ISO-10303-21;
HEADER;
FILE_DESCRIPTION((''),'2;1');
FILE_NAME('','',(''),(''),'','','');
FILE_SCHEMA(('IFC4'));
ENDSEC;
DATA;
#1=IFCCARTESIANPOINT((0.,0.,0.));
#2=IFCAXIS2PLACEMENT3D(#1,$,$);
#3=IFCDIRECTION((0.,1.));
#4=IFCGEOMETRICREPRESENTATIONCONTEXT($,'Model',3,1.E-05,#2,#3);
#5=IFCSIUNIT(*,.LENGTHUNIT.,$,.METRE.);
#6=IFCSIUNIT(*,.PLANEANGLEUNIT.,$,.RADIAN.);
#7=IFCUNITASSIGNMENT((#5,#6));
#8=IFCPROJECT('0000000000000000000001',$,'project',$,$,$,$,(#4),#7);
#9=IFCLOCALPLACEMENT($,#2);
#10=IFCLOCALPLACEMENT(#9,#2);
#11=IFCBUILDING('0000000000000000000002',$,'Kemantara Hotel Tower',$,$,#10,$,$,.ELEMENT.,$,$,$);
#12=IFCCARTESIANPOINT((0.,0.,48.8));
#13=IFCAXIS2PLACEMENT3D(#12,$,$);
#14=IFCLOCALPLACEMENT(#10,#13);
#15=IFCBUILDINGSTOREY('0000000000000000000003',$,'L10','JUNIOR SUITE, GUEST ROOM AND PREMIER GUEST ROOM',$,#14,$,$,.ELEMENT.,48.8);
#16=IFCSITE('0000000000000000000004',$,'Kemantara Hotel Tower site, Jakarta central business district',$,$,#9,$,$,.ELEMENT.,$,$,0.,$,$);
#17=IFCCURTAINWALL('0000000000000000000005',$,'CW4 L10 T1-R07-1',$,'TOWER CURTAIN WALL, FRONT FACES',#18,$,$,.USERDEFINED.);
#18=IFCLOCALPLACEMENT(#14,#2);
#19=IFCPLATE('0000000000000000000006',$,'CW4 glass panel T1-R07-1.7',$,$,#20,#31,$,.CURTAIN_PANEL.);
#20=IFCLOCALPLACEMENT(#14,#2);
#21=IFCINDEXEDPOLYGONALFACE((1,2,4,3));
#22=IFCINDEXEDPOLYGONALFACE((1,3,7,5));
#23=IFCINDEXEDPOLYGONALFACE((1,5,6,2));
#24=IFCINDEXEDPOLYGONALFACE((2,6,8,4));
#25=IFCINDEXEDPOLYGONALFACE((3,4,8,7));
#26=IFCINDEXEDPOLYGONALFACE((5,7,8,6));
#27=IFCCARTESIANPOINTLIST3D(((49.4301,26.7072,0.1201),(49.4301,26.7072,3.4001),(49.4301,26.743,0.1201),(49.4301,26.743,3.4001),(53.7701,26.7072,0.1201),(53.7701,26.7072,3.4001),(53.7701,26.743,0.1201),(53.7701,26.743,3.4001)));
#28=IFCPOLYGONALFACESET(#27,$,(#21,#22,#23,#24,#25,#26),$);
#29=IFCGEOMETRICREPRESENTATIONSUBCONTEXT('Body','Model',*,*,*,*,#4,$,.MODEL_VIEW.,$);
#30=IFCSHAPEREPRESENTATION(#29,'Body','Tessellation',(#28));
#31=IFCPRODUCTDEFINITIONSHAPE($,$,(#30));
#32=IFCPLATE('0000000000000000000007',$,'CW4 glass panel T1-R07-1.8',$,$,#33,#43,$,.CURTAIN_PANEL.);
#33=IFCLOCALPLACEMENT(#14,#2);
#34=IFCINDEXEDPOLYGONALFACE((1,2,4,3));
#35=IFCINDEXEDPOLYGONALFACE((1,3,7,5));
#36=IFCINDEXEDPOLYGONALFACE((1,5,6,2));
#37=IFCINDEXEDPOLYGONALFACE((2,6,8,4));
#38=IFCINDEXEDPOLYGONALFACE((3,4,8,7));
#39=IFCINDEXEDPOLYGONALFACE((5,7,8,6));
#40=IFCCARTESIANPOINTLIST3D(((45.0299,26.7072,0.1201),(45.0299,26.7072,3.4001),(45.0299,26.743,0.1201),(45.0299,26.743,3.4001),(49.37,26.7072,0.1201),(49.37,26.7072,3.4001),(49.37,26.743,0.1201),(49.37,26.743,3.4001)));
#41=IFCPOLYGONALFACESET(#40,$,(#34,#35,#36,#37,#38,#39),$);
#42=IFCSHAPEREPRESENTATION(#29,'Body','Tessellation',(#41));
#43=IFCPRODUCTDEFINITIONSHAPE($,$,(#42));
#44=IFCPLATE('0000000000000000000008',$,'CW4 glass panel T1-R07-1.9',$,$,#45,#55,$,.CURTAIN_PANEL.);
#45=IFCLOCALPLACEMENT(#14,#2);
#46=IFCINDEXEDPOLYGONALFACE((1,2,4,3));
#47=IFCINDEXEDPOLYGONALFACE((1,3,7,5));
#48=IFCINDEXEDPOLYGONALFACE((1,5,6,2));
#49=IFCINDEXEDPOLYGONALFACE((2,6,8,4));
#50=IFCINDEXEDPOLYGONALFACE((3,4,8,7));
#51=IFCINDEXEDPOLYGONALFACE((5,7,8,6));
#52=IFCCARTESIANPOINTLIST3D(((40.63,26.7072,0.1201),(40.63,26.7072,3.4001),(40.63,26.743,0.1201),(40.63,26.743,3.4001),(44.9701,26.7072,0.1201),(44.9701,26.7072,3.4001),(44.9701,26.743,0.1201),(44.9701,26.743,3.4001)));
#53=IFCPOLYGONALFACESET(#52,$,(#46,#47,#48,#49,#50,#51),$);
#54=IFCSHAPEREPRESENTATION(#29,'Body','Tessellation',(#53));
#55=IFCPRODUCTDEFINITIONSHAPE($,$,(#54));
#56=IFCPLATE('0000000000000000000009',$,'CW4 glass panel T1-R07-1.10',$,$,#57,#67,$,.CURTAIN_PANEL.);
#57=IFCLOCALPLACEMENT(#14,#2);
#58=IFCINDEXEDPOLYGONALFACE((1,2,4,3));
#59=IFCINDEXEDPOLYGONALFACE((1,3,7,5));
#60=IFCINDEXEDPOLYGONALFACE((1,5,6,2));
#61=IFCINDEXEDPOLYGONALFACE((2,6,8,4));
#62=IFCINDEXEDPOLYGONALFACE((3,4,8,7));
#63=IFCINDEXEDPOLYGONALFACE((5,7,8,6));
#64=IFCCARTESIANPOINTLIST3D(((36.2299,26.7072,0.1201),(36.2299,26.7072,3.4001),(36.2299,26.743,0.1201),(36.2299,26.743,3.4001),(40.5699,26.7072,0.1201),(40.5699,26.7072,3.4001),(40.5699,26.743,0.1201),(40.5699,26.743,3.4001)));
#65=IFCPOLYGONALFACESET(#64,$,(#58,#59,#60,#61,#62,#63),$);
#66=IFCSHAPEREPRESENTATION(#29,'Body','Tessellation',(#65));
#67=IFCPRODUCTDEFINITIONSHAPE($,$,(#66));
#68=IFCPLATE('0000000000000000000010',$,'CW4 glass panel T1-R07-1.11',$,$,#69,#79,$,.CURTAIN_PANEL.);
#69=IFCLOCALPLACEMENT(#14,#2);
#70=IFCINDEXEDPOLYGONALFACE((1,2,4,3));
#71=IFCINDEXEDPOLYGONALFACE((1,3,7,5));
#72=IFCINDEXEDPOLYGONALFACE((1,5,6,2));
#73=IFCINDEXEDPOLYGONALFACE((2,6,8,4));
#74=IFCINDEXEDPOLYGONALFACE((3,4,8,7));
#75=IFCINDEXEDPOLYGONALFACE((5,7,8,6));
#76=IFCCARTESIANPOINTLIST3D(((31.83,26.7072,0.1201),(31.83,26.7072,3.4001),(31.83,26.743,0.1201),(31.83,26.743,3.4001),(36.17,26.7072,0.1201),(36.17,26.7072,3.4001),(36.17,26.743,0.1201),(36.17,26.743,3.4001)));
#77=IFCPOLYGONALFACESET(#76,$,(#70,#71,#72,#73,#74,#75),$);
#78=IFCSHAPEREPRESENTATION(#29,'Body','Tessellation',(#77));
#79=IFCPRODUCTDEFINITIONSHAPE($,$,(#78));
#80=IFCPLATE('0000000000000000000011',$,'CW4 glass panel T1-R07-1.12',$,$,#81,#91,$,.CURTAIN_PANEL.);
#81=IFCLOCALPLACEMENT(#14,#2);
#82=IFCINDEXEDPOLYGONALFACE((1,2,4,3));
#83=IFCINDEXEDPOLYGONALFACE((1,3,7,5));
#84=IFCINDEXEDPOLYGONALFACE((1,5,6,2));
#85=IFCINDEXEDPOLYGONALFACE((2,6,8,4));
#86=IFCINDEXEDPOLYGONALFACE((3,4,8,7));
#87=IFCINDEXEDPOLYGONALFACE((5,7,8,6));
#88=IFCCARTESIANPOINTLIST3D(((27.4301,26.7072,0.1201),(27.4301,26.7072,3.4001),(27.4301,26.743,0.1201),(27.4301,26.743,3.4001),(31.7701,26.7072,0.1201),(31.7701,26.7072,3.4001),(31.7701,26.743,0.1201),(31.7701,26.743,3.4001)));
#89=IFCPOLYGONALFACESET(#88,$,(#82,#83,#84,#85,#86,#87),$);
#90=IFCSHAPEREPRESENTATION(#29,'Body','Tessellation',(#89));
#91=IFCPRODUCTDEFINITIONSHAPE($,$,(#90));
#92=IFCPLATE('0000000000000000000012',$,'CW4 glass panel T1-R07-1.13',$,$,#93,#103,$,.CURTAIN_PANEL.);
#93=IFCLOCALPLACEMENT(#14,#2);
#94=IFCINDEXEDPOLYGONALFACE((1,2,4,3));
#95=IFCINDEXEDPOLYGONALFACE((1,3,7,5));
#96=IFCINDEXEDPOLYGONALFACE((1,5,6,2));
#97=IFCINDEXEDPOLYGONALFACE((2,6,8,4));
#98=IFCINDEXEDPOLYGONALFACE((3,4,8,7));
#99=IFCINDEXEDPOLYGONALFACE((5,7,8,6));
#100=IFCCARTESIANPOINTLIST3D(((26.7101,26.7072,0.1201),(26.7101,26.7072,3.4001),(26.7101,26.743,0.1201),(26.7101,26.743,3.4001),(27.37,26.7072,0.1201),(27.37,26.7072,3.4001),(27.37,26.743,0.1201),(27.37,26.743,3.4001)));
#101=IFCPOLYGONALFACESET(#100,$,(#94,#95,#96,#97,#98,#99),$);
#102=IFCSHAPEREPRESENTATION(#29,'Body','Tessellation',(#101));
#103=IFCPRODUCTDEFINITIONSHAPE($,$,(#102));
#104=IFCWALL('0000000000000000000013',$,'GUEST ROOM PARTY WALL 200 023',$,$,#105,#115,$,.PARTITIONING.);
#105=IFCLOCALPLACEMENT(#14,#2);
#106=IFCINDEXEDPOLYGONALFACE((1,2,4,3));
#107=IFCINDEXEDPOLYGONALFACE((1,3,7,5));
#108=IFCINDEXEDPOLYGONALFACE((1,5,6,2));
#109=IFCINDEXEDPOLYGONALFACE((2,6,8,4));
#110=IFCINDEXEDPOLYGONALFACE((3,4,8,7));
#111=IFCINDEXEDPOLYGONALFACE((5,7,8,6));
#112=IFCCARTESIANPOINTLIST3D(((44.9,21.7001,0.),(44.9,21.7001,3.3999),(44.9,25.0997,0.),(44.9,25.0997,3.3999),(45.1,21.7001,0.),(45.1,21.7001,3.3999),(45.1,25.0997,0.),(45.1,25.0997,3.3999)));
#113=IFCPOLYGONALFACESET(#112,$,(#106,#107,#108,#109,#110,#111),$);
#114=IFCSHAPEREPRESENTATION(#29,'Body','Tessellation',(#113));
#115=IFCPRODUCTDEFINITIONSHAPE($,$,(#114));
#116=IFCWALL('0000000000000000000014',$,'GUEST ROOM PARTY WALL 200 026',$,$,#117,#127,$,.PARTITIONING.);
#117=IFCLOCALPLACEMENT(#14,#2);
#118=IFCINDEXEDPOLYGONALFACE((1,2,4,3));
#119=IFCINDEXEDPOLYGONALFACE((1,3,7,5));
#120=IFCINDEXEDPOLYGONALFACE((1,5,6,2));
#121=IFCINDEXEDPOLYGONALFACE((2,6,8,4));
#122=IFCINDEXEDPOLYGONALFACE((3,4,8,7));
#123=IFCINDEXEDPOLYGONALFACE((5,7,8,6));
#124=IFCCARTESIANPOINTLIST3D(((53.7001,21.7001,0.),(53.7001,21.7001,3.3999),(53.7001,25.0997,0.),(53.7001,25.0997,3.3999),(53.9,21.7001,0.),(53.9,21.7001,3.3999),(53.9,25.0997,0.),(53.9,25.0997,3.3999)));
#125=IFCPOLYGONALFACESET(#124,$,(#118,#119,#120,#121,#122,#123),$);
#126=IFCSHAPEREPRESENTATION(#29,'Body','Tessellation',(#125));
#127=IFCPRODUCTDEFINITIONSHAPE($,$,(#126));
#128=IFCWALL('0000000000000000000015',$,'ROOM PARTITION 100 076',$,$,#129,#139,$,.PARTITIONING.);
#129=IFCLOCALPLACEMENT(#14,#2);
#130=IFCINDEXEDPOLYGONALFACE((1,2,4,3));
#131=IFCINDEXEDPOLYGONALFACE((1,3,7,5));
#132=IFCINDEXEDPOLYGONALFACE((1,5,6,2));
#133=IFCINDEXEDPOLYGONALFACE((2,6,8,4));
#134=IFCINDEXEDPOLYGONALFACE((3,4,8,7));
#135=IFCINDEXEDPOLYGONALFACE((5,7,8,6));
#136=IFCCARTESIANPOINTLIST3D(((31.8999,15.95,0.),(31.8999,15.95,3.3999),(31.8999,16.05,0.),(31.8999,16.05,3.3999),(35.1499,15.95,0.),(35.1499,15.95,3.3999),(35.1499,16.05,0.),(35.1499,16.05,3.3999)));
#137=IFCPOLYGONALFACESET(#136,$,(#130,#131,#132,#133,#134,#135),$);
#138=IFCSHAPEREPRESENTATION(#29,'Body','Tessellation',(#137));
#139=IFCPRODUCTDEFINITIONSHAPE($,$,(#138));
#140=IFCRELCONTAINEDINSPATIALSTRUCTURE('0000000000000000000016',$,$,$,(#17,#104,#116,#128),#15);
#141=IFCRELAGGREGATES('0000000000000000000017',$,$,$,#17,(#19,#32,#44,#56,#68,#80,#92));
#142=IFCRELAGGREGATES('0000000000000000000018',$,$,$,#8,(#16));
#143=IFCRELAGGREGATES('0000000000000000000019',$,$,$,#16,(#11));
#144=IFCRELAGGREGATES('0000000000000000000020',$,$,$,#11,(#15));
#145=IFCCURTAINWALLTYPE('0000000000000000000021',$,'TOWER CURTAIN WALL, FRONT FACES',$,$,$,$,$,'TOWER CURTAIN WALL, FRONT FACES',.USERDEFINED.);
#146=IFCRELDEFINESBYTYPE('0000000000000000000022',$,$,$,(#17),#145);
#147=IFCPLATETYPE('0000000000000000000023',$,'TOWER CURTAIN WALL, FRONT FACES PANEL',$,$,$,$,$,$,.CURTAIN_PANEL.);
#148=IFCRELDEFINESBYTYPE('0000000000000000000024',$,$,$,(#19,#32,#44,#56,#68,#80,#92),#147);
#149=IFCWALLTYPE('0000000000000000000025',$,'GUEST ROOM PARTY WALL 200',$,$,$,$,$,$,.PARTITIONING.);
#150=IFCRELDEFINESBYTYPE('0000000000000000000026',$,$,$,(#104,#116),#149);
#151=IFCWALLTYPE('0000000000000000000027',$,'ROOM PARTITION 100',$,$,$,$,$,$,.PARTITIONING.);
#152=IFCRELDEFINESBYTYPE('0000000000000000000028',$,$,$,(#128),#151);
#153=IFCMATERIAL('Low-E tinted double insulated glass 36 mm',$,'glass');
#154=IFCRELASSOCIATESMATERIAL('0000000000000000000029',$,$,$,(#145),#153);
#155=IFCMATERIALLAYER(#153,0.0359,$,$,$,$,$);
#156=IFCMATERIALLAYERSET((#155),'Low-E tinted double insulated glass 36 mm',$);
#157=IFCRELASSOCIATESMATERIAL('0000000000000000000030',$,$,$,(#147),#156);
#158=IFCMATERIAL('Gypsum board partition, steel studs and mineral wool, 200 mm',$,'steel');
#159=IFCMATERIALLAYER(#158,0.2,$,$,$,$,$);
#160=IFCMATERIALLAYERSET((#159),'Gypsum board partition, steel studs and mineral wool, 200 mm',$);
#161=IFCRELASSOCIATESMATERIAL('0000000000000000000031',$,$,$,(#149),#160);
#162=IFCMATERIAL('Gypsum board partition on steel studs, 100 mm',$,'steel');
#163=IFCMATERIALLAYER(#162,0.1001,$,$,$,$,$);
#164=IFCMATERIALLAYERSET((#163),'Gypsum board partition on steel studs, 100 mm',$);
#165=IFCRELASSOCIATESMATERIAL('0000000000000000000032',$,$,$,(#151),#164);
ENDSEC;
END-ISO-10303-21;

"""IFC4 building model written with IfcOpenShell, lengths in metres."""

from ifc_helpers import new_model, si_unit, direction, frame, frame_2d, origin, origin_2d, place, context, subcontext, project, spatial, rectangle, extrude, source, transform, mapped, material, layer, layer_set, type_object, element, aggregate, save


model = new_model("IFC4")

# Units and contexts
model_context = context("Model", 3, precision=1e-05, world=origin(), true_north=direction((0.0, 1.0)))
body_context = subcontext(model_context, "Body", "Model", "MODEL_VIEW")
ifc_project = project(units=[si_unit("LENGTHUNIT", "METRE"), si_unit("PLANEANGLEUNIT", "RADIAN")], contexts=[model_context])

# Site, building, storey
site_placement = place(None, origin())
site = spatial("IfcSite", under=ifc_project, at=site_placement, Name="Kemantara Hotel Tower site, Jakarta central business district", CompositionType="ELEMENT", RefElevation=0.0)
building_placement = place(site_placement, origin())
building = spatial("IfcBuilding", under=site, at=building_placement, Name="Kemantara Hotel Tower", CompositionType="ELEMENT")
storey_placement = place(building_placement, frame((0.0, 0.0, 48.8)))
storey = spatial("IfcBuildingStorey", under=building, at=storey_placement, Name="L10", Description="JUNIOR SUITE, GUEST ROOM AND PREMIER GUEST ROOM", CompositionType="ELEMENT", Elevation=48.8)

# Curtain wall, plates
ifc_material_1 = material(Name="Low-E tinted double insulated glass 36 mm", Category="glass")
curtain_wall_type = type_object("IfcCurtainWallType", Name="TOWER CURTAIN WALL, FRONT FACES", ElementType="TOWER CURTAIN WALL, FRONT FACES", PredefinedType="USERDEFINED", material=ifc_material_1)
curtain_wall_placement = place(storey_placement, origin())
curtain_wall = element("IfcCurtainWall", 1, at=curtain_wall_placement, inside=storey, type_object=curtain_wall_type, Name="CW4 L10 T1-R07-1", ObjectType="TOWER CURTAIN WALL, FRONT FACES", PredefinedType="USERDEFINED")
ifc_layer_1 = layer(ifc_material_1, 0.0359)
ifc_layer_set_1 = layer_set([ifc_layer_1], Name="Low-E tinted double insulated glass 36 mm")
plate_type = type_object("IfcPlateType", Name="TOWER CURTAIN WALL, FRONT FACES PANEL", PredefinedType="CURTAIN_PANEL", material=ifc_layer_set_1)
shared_shape_1 = source(origin(), body_context, "Body", "SweptSolid", [
    extrude(rectangle(XDim=4.3401, YDim=0.0359, at=origin_2d()), origin(), (0.0, 0.0, 1.0), 3.28),
])
plate_1_placement = place(storey_placement, frame((51.6001, 26.7251, 0.1201), z_axis=(0.0, 0.0, 1.0), x_axis=(-1.0, 0.0, 0.0)))
plate_1 = element("IfcPlate", 2, at=plate_1_placement, type_object=plate_type, Name="CW4 glass panel T1-R07-1.7", PredefinedType="CURTAIN_PANEL", context=body_context, shape_type="MappedRepresentation", body=[
    mapped(shared_shape_1, transform((0.0, 0.0, 0.0))),
])
plate_2_placement = place(storey_placement, frame((47.2, 26.7251, 0.1201), z_axis=(0.0, 0.0, 1.0), x_axis=(-1.0, 0.0, 0.0)))
plate_2 = element("IfcPlate", 3, at=plate_2_placement, type_object=plate_type, Name="CW4 glass panel T1-R07-1.8", PredefinedType="CURTAIN_PANEL", context=body_context, shape_type="MappedRepresentation", body=[
    mapped(shared_shape_1, transform((0.0, 0.0, 0.0))),
])
plate_3_placement = place(storey_placement, frame((42.8, 26.7251, 0.1201), z_axis=(0.0, 0.0, 1.0), x_axis=(-1.0, 0.0, 0.0)))
plate_3 = element("IfcPlate", 4, at=plate_3_placement, type_object=plate_type, Name="CW4 glass panel T1-R07-1.9", PredefinedType="CURTAIN_PANEL", context=body_context, shape_type="MappedRepresentation", body=[
    mapped(shared_shape_1, transform((0.0, 0.0, 0.0))),
])
plate_4_placement = place(storey_placement, frame((38.3999, 26.7251, 0.1201), z_axis=(0.0, 0.0, 1.0), x_axis=(-1.0, 0.0, 0.0)))
plate_4 = element("IfcPlate", 5, at=plate_4_placement, type_object=plate_type, Name="CW4 glass panel T1-R07-1.10", PredefinedType="CURTAIN_PANEL", context=body_context, shape_type="MappedRepresentation", body=[
    mapped(shared_shape_1, transform((0.0, 0.0, 0.0))),
])
plate_5_placement = place(storey_placement, frame((34.0, 26.7251, 0.1201), z_axis=(0.0, 0.0, 1.0), x_axis=(-1.0, 0.0, 0.0)))
plate_5 = element("IfcPlate", 6, at=plate_5_placement, type_object=plate_type, Name="CW4 glass panel T1-R07-1.11", PredefinedType="CURTAIN_PANEL", context=body_context, shape_type="MappedRepresentation", body=[
    mapped(shared_shape_1, transform((0.0, 0.0, 0.0))),
])
plate_6_placement = place(storey_placement, frame((29.6001, 26.7251, 0.1201), z_axis=(0.0, 0.0, 1.0), x_axis=(-1.0, 0.0, 0.0)))
plate_6 = element("IfcPlate", 7, at=plate_6_placement, type_object=plate_type, Name="CW4 glass panel T1-R07-1.12", PredefinedType="CURTAIN_PANEL", context=body_context, shape_type="MappedRepresentation", body=[
    mapped(shared_shape_1, transform((0.0, 0.0, 0.0))),
])
shared_shape_2 = source(origin(), body_context, "Body", "SweptSolid", [
    extrude(rectangle(XDim=0.6599, YDim=0.0359, at=origin_2d()), origin(), (0.0, 0.0, 1.0), 3.28),
])
plate_7_placement = place(storey_placement, frame((27.04, 26.7251, 0.1201), z_axis=(0.0, 0.0, 1.0), x_axis=(-1.0, 0.0, 0.0)))
plate_7 = element("IfcPlate", 8, at=plate_7_placement, type_object=plate_type, Name="CW4 glass panel T1-R07-1.13", PredefinedType="CURTAIN_PANEL", context=body_context, shape_type="MappedRepresentation", body=[
    mapped(shared_shape_2, transform((0.0, 0.0, 0.0))),
])
aggregate(curtain_wall, [plate_1, plate_2, plate_3, plate_4, plate_5, plate_6, plate_7])

# Walls
ifc_material_2 = material(Name="Gypsum board partition, steel studs and mineral wool, 200 mm", Category="steel")
ifc_layer_2 = layer(ifc_material_2, 0.2)
ifc_layer_set_2 = layer_set([ifc_layer_2], Name="Gypsum board partition, steel studs and mineral wool, 200 mm")
wall_type_1 = type_object("IfcWallType", Name="GUEST ROOM PARTY WALL 200", PredefinedType="PARTITIONING", material=ifc_layer_set_2)
for number, where, z_axis, x_axis, name in (
    (9, (45.0, 21.7002, 0.0), (0.0, 0.0, 1.0), (0.0, 1.0, 0.0), "GUEST ROOM PARTY WALL 200 023"),
    (10, (53.8, 21.7002, 0.0), (0.0, 0.0, 1.0), (0.0, 1.0, 0.0), "GUEST ROOM PARTY WALL 200 026"),
):
    element("IfcWall", number, at=place(storey_placement, frame(where, z_axis=z_axis, x_axis=x_axis)), inside=storey, type_object=wall_type_1, Name=name, PredefinedType="PARTITIONING", context=body_context, shape_type="SweptSolid", body=[
        extrude(rectangle(XDim=3.3997, YDim=0.2, at=frame_2d((1.6997, 0.0))), origin(), (0.0, 0.0, 1.0), 3.3999),
    ])
ifc_material_3 = material(Name="Gypsum board partition on steel studs, 100 mm", Category="steel")
ifc_layer_3 = layer(ifc_material_3, 0.1001)
ifc_layer_set_3 = layer_set([ifc_layer_3], Name="Gypsum board partition on steel studs, 100 mm")
wall_type_2 = type_object("IfcWallType", Name="ROOM PARTITION 100", PredefinedType="PARTITIONING", material=ifc_layer_set_3)
wall_placement = place(storey_placement, frame((31.8999, 16.0, 0.0), z_axis=(0.0, 0.0, 1.0), x_axis=(1.0, 0.0, 0.0)))
element("IfcWall", 11, at=wall_placement, inside=storey, type_object=wall_type_2, Name="ROOM PARTITION 100 076", PredefinedType="PARTITIONING", context=body_context, shape_type="SweptSolid", body=[
    extrude(rectangle(XDim=3.25, YDim=0.1001, at=frame_2d((1.625, 0.0))), origin(), (0.0, 0.0, 1.0), 3.3999),
])

save(model, "model.ifc")
